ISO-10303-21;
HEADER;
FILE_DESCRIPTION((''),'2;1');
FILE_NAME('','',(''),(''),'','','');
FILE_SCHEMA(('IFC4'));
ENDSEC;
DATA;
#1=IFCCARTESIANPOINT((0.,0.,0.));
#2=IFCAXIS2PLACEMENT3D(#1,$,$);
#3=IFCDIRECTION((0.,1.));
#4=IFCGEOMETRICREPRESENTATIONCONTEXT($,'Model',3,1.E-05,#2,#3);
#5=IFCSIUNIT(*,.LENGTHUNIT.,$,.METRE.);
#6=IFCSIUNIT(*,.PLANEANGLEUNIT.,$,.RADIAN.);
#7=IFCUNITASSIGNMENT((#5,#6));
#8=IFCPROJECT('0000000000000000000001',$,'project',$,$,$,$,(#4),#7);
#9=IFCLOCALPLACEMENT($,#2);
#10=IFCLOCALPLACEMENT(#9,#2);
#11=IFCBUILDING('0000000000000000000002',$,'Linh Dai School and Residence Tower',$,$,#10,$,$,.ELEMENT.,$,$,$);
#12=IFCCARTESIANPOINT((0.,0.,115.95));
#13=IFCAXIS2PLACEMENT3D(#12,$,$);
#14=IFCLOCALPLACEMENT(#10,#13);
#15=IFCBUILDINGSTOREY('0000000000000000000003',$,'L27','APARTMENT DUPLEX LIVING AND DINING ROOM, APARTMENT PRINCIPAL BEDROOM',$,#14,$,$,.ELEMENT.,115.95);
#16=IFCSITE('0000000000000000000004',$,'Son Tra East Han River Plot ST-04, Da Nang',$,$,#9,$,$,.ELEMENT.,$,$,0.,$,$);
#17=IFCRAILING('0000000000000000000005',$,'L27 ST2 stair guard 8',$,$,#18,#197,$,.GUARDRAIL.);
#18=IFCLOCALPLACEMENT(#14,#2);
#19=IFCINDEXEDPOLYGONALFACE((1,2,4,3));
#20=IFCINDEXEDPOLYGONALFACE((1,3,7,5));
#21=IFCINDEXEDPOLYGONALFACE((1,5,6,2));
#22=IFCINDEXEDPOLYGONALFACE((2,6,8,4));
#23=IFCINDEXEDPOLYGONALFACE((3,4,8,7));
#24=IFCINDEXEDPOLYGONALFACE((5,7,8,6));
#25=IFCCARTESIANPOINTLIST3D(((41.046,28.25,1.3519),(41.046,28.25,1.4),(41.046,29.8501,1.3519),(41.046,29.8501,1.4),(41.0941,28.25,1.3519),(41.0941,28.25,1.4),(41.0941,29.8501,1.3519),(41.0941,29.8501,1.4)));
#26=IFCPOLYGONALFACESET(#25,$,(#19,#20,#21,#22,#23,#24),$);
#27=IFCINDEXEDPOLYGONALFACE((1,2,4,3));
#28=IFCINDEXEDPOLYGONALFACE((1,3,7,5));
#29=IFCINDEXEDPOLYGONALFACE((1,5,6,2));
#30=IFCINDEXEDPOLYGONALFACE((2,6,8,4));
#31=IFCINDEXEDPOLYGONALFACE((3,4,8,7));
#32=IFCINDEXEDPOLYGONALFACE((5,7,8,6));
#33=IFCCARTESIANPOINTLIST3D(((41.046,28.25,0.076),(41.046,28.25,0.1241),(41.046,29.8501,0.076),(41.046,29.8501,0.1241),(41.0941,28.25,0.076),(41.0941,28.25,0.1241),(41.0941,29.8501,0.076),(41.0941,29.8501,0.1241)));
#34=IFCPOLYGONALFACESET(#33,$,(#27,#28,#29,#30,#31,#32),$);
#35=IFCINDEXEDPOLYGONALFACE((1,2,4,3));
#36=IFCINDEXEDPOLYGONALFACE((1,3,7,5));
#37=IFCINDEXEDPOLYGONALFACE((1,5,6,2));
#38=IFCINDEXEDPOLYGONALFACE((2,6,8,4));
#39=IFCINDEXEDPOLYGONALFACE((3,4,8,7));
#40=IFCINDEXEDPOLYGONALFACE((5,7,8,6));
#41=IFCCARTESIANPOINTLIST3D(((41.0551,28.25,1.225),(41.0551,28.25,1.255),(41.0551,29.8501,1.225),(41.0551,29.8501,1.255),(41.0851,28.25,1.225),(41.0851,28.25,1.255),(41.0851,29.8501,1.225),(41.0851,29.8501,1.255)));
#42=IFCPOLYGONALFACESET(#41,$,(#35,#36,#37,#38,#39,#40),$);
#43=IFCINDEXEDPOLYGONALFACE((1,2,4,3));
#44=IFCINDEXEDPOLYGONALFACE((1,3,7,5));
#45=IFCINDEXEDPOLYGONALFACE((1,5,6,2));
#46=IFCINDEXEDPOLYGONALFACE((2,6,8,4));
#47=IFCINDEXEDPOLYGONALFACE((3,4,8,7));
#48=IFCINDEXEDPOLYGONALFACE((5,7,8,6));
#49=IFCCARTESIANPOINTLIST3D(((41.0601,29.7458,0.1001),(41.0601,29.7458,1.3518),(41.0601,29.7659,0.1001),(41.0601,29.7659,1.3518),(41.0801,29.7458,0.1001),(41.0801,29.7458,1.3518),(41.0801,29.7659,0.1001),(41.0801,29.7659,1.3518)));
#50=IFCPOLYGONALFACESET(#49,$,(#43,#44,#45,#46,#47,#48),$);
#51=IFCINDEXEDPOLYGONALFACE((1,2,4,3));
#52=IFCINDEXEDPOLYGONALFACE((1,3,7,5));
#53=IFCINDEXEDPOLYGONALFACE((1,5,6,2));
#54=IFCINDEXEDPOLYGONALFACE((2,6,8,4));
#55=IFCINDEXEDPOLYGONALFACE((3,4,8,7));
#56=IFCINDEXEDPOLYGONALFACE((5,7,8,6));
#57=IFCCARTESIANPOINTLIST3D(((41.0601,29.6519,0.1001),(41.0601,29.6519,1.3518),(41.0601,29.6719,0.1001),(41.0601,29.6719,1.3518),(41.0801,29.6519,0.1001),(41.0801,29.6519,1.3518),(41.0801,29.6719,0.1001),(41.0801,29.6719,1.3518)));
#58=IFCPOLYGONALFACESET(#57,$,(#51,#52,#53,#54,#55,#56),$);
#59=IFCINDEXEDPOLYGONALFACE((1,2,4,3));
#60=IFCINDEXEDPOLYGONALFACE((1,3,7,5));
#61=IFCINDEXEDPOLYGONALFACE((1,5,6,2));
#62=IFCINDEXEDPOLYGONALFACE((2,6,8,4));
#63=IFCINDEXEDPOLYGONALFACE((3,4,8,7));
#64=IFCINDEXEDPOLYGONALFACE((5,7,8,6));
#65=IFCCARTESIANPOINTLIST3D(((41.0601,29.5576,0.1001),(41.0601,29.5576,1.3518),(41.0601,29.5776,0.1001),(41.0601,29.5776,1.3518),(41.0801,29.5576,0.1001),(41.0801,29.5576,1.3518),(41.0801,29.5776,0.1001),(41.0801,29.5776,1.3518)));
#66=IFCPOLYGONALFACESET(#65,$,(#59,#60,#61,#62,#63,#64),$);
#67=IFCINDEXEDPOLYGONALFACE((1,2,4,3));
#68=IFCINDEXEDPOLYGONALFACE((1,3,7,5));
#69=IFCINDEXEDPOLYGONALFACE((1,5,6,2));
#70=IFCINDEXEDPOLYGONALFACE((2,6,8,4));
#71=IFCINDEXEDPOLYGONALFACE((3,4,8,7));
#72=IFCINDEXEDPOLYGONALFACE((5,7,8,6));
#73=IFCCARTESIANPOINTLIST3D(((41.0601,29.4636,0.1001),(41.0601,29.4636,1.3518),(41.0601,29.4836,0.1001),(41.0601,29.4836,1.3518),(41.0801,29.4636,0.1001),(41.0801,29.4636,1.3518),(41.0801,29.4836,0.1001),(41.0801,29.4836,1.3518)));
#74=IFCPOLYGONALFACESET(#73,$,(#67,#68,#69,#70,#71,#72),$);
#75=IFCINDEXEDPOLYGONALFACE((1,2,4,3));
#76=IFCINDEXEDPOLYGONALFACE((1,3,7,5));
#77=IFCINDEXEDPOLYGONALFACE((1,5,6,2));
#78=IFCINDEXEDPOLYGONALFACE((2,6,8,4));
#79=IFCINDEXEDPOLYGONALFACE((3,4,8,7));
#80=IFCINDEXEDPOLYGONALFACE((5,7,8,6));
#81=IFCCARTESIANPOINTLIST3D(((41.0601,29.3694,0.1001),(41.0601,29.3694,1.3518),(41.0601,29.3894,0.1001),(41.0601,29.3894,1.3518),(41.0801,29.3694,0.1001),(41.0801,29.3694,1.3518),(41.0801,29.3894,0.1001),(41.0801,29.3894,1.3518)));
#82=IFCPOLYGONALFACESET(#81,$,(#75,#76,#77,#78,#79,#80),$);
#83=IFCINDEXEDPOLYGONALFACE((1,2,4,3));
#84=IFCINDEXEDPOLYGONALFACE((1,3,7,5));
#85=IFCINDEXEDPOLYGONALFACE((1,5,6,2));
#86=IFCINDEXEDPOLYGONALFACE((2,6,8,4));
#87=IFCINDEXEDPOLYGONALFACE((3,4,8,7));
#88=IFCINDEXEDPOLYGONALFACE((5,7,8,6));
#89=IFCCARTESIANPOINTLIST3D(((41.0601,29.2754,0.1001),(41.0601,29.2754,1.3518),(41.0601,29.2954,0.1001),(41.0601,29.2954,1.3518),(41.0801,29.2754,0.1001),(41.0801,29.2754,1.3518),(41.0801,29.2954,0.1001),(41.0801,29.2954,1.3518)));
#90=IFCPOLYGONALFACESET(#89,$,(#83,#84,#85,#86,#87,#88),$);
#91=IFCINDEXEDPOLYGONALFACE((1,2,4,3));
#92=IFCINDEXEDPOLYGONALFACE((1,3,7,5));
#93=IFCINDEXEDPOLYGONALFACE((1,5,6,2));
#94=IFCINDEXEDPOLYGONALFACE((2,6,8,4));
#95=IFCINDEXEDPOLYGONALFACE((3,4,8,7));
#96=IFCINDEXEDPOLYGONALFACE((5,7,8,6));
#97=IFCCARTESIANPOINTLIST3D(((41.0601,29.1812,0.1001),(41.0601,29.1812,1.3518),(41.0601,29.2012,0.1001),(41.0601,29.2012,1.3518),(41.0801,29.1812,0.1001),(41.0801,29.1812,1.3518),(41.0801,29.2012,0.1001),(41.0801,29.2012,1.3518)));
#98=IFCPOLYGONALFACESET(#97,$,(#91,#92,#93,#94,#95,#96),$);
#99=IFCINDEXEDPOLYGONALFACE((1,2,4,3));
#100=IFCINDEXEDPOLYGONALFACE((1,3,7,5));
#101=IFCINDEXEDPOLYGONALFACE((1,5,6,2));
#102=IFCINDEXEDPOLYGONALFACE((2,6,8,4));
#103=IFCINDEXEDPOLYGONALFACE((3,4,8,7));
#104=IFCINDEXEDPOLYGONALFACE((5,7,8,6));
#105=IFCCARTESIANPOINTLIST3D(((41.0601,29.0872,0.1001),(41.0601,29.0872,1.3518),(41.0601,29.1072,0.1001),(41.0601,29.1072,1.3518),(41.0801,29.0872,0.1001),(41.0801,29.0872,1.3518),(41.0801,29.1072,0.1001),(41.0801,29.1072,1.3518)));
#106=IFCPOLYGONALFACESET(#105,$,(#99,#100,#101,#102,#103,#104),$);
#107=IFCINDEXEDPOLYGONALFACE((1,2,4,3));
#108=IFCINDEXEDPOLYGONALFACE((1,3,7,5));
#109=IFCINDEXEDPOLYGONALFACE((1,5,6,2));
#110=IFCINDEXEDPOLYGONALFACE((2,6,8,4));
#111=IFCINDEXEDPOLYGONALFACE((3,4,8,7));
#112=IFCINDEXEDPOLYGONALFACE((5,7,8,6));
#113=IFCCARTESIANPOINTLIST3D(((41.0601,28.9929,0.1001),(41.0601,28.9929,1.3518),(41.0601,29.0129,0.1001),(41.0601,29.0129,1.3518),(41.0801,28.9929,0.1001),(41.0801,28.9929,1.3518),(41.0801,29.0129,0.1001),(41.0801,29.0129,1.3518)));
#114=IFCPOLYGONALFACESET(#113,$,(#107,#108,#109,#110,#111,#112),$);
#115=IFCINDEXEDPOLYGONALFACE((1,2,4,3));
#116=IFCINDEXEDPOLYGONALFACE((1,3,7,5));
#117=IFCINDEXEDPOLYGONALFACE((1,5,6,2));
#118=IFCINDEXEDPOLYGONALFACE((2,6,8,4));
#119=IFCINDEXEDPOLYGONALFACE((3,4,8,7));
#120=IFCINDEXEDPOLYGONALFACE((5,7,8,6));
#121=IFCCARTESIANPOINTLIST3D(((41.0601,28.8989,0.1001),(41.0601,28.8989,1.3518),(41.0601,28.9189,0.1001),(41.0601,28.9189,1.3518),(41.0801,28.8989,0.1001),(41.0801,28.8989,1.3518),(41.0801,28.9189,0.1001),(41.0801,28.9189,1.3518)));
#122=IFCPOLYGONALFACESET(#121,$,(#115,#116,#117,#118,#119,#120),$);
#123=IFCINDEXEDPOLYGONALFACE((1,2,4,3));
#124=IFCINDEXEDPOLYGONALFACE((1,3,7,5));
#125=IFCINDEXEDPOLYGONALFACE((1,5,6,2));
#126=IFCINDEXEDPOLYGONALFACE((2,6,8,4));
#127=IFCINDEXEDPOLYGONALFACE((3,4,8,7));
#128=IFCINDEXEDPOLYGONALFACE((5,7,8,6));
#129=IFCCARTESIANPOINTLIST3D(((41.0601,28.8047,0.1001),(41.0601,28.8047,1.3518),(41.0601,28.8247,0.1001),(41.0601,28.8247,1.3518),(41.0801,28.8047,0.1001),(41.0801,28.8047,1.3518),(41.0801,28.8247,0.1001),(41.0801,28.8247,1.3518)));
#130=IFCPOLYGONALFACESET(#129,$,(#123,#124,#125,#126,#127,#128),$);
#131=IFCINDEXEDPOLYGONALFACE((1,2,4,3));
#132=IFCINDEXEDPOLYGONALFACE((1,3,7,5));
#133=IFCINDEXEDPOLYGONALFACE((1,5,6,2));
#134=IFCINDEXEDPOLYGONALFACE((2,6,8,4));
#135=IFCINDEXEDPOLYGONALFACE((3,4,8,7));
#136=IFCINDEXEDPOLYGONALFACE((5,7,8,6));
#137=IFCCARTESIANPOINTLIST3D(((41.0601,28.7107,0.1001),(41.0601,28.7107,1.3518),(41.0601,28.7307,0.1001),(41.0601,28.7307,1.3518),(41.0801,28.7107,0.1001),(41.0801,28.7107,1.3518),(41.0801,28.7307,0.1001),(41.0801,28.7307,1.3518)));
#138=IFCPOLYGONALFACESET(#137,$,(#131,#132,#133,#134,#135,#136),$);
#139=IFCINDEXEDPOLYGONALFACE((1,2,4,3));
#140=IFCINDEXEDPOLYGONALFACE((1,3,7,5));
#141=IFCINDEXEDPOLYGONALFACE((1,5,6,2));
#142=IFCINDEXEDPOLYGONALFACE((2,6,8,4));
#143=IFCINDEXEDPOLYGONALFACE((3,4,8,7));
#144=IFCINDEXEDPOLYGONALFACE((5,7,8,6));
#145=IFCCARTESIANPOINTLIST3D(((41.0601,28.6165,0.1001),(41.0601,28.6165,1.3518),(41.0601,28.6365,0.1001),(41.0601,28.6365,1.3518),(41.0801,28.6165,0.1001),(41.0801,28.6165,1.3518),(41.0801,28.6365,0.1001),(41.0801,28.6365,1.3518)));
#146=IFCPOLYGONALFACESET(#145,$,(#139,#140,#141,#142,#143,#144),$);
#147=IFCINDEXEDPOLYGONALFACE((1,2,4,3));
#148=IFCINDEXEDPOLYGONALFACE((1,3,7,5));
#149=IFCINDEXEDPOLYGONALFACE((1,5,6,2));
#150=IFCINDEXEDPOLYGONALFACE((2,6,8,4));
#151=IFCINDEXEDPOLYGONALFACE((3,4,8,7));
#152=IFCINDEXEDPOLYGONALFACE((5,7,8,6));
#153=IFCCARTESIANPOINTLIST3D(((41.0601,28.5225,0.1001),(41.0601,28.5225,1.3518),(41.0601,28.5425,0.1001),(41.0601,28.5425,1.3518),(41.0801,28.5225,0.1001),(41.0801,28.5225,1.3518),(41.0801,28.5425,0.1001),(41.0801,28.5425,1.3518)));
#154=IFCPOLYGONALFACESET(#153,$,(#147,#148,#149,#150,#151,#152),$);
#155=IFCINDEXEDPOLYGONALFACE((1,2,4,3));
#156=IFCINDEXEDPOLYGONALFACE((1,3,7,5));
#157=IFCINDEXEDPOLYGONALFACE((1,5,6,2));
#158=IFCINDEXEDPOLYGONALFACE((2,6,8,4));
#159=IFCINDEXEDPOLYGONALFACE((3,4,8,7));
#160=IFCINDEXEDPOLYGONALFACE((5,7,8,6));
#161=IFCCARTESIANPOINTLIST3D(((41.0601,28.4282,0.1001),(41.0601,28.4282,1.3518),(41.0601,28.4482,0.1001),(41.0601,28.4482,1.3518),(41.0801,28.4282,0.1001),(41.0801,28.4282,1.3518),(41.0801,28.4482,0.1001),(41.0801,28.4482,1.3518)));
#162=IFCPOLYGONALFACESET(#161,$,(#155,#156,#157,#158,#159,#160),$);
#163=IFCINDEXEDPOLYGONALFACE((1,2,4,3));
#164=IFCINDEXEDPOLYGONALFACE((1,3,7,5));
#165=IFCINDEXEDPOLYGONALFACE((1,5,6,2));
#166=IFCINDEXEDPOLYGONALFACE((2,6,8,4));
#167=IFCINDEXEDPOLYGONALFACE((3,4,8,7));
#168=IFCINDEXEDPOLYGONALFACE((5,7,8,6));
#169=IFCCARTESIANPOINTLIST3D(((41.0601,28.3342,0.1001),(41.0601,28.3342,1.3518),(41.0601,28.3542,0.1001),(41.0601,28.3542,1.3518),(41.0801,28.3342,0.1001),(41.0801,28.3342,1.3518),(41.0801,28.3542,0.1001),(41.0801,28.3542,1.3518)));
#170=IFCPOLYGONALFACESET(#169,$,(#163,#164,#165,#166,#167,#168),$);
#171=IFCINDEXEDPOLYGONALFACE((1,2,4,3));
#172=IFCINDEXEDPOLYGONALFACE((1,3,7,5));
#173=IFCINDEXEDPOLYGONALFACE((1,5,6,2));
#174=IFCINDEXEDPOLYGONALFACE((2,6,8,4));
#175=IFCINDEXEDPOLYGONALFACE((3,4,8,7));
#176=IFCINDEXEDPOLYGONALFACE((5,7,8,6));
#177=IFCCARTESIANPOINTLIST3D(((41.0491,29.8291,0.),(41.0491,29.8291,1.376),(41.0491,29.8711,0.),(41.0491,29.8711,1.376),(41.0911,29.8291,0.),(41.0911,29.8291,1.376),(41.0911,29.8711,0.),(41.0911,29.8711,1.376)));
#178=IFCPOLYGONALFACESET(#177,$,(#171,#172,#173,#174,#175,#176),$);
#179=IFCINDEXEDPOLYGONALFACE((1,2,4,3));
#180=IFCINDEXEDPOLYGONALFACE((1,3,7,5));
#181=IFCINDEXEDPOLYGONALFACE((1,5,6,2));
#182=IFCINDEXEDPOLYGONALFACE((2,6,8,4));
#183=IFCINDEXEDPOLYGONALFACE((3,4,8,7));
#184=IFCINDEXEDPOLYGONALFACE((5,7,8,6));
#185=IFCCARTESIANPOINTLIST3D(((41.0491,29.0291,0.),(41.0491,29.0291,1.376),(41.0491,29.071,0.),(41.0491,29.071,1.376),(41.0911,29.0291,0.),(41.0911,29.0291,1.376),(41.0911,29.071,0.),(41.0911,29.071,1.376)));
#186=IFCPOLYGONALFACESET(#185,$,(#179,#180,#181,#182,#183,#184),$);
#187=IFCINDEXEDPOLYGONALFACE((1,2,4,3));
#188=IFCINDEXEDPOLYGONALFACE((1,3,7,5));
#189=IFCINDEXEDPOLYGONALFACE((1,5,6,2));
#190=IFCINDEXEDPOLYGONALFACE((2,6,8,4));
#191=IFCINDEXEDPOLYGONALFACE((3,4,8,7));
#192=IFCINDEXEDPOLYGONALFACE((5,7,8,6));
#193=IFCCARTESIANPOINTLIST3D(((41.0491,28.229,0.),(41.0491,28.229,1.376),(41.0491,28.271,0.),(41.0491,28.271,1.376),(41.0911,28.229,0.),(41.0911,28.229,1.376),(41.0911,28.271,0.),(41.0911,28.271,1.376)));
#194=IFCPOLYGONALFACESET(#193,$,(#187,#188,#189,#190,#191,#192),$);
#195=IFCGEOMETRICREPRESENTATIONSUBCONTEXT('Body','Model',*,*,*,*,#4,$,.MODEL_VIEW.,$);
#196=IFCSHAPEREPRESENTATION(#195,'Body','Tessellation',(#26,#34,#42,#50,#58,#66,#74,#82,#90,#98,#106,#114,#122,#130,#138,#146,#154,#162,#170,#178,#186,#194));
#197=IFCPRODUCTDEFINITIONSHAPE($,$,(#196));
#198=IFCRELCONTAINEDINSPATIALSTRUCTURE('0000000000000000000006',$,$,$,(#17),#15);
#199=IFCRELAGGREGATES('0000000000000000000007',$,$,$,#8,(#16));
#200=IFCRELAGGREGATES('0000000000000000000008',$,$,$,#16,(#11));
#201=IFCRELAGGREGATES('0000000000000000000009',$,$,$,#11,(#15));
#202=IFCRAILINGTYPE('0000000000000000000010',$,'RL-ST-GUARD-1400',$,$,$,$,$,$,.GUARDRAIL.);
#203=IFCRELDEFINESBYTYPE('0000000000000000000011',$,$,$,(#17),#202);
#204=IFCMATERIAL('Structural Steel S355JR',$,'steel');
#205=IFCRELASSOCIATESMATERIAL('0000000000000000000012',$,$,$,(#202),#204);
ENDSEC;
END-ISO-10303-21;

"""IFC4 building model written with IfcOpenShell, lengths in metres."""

from ifc_helpers import new_model, si_unit, direction, frame, origin, origin_2d, place, context, subcontext, project, spatial, rectangle, extrude, source, transform, mapped, material, type_object, element, save


model = new_model("IFC4")

# Units and contexts
model_context = context("Model", 3, precision=1e-05, world=origin(), true_north=direction((0.0, 1.0)))
body_context = subcontext(model_context, "Body", "Model", "MODEL_VIEW")
ifc_project = project(units=[si_unit("LENGTHUNIT", "METRE"), si_unit("PLANEANGLEUNIT", "RADIAN")], contexts=[model_context])

# Site, building, storey
site_placement = place(None, origin())
site = spatial("IfcSite", under=ifc_project, at=site_placement, Name="Son Tra East Han River Plot ST-04, Da Nang", CompositionType="ELEMENT", RefElevation=0.0)
building_placement = place(site_placement, origin())
building = spatial("IfcBuilding", under=site, at=building_placement, Name="Linh Dai School and Residence Tower", CompositionType="ELEMENT")
storey_placement = place(building_placement, frame((0.0, 0.0, 115.95)))
storey = spatial("IfcBuildingStorey", under=building, at=storey_placement, Name="L27", Description="APARTMENT DUPLEX LIVING AND DINING ROOM, APARTMENT PRINCIPAL BEDROOM", CompositionType="ELEMENT", Elevation=115.95)

# Shared definitions
ifc_material_1 = material(Name="Structural Steel S355JR", Category="steel")

# Railing
railing_type_1 = type_object("IfcRailingType", Name="RL-ST-GUARD-1400", PredefinedType="GUARDRAIL", material=ifc_material_1)
shared_shape_1 = source(origin(), body_context, "Body", "SweptSolid", [
    extrude(rectangle(XDim=0.0481, YDim=0.0481, at=origin_2d()), frame((0.0, 0.0, 1.376), z_axis=(0.0, -1.0, 0.0), x_axis=(1.0, 0.0, 0.0)), (0.0, 0.0, 1.0), 1.6001),
    extrude(rectangle(XDim=0.0481, YDim=0.0481, at=origin_2d()), frame((0.0, 0.0, 0.1001), z_axis=(0.0, -1.0, 0.0), x_axis=(1.0, 0.0, 0.0)), (0.0, 0.0, 1.0), 1.6001),
    extrude(rectangle(XDim=0.03, YDim=0.03, at=origin_2d()), frame((0.0, 0.0, 1.24), z_axis=(0.0, -1.0, 0.0), x_axis=(1.0, 0.0, 0.0)), (0.0, 0.0, 1.0), 1.6001),
    extrude(rectangle(XDim=0.02, YDim=0.02, at=origin_2d()), frame((0.0, -0.0942, 0.1001)), (0.0, 0.0, 1.0), 1.2517),
    extrude(rectangle(XDim=0.02, YDim=0.02, at=origin_2d()), frame((0.0, -0.1882, 0.1001)), (0.0, 0.0, 1.0), 1.2517),
    extrude(rectangle(XDim=0.02, YDim=0.02, at=origin_2d()), frame((0.0, -0.2825, 0.1001)), (0.0, 0.0, 1.0), 1.2517),
    extrude(rectangle(XDim=0.02, YDim=0.02, at=origin_2d()), frame((0.0, -0.3765, 0.1001)), (0.0, 0.0, 1.0), 1.2517),
    extrude(rectangle(XDim=0.02, YDim=0.02, at=origin_2d()), frame((0.0, -0.4707, 0.1001)), (0.0, 0.0, 1.0), 1.2517),
    extrude(rectangle(XDim=0.02, YDim=0.02, at=origin_2d()), frame((0.0, -0.5647, 0.1001)), (0.0, 0.0, 1.0), 1.2517),
    extrude(rectangle(XDim=0.02, YDim=0.02, at=origin_2d()), frame((0.0, -0.6589, 0.1001)), (0.0, 0.0, 1.0), 1.2517),
    extrude(rectangle(XDim=0.02, YDim=0.02, at=origin_2d()), frame((0.0, -0.7529, 0.1001)), (0.0, 0.0, 1.0), 1.2517),
    extrude(rectangle(XDim=0.02, YDim=0.02, at=origin_2d()), frame((0.0, -0.8472, 0.1001)), (0.0, 0.0, 1.0), 1.2517),
    extrude(rectangle(XDim=0.02, YDim=0.02, at=origin_2d()), frame((0.0, -0.9412, 0.1001)), (0.0, 0.0, 1.0), 1.2517),
    extrude(rectangle(XDim=0.02, YDim=0.02, at=origin_2d()), frame((0.0, -1.0354, 0.1001)), (0.0, 0.0, 1.0), 1.2517),
    extrude(rectangle(XDim=0.02, YDim=0.02, at=origin_2d()), frame((0.0, -1.1294, 0.1001)), (0.0, 0.0, 1.0), 1.2517),
    extrude(rectangle(XDim=0.02, YDim=0.02, at=origin_2d()), frame((0.0, -1.2236, 0.1001)), (0.0, 0.0, 1.0), 1.2517),
    extrude(rectangle(XDim=0.02, YDim=0.02, at=origin_2d()), frame((0.0, -1.3176, 0.1001)), (0.0, 0.0, 1.0), 1.2517),
    extrude(rectangle(XDim=0.02, YDim=0.02, at=origin_2d()), frame((0.0, -1.4119, 0.1001)), (0.0, 0.0, 1.0), 1.2517),
    extrude(rectangle(XDim=0.02, YDim=0.02, at=origin_2d()), frame((0.0, -1.5059, 0.1001)), (0.0, 0.0, 1.0), 1.2517),
    extrude(rectangle(XDim=0.042, YDim=0.042, at=origin_2d()), origin(), (0.0, 0.0, 1.0), 1.376),
    extrude(rectangle(XDim=0.042, YDim=0.042, at=origin_2d()), frame((0.0, -0.8, 0.0)), (0.0, 0.0, 1.0), 1.376),
    extrude(rectangle(XDim=0.042, YDim=0.042, at=origin_2d()), frame((0.0, -1.6001, 0.0)), (0.0, 0.0, 1.0), 1.376),
])
for number, where, name in (
    (1, (41.0701, 29.8501, 0.0), "L27 ST2 stair guard 8"),
):
    element("IfcRailing", number, at=place(storey_placement, frame(where)), inside=storey, type_object=railing_type_1, Name=name, PredefinedType="GUARDRAIL", context=body_context, shape_type="MappedRepresentation", body=[
        mapped(shared_shape_1, transform((0.0, 0.0, 0.0), x_axis=(1.0, 0.0, 0.0), y_axis=(0.0, 1.0, 0.0), z_axis=(0.0, 0.0, 1.0), scale=1.0)),
    ])

save(model, "model.ifc")
